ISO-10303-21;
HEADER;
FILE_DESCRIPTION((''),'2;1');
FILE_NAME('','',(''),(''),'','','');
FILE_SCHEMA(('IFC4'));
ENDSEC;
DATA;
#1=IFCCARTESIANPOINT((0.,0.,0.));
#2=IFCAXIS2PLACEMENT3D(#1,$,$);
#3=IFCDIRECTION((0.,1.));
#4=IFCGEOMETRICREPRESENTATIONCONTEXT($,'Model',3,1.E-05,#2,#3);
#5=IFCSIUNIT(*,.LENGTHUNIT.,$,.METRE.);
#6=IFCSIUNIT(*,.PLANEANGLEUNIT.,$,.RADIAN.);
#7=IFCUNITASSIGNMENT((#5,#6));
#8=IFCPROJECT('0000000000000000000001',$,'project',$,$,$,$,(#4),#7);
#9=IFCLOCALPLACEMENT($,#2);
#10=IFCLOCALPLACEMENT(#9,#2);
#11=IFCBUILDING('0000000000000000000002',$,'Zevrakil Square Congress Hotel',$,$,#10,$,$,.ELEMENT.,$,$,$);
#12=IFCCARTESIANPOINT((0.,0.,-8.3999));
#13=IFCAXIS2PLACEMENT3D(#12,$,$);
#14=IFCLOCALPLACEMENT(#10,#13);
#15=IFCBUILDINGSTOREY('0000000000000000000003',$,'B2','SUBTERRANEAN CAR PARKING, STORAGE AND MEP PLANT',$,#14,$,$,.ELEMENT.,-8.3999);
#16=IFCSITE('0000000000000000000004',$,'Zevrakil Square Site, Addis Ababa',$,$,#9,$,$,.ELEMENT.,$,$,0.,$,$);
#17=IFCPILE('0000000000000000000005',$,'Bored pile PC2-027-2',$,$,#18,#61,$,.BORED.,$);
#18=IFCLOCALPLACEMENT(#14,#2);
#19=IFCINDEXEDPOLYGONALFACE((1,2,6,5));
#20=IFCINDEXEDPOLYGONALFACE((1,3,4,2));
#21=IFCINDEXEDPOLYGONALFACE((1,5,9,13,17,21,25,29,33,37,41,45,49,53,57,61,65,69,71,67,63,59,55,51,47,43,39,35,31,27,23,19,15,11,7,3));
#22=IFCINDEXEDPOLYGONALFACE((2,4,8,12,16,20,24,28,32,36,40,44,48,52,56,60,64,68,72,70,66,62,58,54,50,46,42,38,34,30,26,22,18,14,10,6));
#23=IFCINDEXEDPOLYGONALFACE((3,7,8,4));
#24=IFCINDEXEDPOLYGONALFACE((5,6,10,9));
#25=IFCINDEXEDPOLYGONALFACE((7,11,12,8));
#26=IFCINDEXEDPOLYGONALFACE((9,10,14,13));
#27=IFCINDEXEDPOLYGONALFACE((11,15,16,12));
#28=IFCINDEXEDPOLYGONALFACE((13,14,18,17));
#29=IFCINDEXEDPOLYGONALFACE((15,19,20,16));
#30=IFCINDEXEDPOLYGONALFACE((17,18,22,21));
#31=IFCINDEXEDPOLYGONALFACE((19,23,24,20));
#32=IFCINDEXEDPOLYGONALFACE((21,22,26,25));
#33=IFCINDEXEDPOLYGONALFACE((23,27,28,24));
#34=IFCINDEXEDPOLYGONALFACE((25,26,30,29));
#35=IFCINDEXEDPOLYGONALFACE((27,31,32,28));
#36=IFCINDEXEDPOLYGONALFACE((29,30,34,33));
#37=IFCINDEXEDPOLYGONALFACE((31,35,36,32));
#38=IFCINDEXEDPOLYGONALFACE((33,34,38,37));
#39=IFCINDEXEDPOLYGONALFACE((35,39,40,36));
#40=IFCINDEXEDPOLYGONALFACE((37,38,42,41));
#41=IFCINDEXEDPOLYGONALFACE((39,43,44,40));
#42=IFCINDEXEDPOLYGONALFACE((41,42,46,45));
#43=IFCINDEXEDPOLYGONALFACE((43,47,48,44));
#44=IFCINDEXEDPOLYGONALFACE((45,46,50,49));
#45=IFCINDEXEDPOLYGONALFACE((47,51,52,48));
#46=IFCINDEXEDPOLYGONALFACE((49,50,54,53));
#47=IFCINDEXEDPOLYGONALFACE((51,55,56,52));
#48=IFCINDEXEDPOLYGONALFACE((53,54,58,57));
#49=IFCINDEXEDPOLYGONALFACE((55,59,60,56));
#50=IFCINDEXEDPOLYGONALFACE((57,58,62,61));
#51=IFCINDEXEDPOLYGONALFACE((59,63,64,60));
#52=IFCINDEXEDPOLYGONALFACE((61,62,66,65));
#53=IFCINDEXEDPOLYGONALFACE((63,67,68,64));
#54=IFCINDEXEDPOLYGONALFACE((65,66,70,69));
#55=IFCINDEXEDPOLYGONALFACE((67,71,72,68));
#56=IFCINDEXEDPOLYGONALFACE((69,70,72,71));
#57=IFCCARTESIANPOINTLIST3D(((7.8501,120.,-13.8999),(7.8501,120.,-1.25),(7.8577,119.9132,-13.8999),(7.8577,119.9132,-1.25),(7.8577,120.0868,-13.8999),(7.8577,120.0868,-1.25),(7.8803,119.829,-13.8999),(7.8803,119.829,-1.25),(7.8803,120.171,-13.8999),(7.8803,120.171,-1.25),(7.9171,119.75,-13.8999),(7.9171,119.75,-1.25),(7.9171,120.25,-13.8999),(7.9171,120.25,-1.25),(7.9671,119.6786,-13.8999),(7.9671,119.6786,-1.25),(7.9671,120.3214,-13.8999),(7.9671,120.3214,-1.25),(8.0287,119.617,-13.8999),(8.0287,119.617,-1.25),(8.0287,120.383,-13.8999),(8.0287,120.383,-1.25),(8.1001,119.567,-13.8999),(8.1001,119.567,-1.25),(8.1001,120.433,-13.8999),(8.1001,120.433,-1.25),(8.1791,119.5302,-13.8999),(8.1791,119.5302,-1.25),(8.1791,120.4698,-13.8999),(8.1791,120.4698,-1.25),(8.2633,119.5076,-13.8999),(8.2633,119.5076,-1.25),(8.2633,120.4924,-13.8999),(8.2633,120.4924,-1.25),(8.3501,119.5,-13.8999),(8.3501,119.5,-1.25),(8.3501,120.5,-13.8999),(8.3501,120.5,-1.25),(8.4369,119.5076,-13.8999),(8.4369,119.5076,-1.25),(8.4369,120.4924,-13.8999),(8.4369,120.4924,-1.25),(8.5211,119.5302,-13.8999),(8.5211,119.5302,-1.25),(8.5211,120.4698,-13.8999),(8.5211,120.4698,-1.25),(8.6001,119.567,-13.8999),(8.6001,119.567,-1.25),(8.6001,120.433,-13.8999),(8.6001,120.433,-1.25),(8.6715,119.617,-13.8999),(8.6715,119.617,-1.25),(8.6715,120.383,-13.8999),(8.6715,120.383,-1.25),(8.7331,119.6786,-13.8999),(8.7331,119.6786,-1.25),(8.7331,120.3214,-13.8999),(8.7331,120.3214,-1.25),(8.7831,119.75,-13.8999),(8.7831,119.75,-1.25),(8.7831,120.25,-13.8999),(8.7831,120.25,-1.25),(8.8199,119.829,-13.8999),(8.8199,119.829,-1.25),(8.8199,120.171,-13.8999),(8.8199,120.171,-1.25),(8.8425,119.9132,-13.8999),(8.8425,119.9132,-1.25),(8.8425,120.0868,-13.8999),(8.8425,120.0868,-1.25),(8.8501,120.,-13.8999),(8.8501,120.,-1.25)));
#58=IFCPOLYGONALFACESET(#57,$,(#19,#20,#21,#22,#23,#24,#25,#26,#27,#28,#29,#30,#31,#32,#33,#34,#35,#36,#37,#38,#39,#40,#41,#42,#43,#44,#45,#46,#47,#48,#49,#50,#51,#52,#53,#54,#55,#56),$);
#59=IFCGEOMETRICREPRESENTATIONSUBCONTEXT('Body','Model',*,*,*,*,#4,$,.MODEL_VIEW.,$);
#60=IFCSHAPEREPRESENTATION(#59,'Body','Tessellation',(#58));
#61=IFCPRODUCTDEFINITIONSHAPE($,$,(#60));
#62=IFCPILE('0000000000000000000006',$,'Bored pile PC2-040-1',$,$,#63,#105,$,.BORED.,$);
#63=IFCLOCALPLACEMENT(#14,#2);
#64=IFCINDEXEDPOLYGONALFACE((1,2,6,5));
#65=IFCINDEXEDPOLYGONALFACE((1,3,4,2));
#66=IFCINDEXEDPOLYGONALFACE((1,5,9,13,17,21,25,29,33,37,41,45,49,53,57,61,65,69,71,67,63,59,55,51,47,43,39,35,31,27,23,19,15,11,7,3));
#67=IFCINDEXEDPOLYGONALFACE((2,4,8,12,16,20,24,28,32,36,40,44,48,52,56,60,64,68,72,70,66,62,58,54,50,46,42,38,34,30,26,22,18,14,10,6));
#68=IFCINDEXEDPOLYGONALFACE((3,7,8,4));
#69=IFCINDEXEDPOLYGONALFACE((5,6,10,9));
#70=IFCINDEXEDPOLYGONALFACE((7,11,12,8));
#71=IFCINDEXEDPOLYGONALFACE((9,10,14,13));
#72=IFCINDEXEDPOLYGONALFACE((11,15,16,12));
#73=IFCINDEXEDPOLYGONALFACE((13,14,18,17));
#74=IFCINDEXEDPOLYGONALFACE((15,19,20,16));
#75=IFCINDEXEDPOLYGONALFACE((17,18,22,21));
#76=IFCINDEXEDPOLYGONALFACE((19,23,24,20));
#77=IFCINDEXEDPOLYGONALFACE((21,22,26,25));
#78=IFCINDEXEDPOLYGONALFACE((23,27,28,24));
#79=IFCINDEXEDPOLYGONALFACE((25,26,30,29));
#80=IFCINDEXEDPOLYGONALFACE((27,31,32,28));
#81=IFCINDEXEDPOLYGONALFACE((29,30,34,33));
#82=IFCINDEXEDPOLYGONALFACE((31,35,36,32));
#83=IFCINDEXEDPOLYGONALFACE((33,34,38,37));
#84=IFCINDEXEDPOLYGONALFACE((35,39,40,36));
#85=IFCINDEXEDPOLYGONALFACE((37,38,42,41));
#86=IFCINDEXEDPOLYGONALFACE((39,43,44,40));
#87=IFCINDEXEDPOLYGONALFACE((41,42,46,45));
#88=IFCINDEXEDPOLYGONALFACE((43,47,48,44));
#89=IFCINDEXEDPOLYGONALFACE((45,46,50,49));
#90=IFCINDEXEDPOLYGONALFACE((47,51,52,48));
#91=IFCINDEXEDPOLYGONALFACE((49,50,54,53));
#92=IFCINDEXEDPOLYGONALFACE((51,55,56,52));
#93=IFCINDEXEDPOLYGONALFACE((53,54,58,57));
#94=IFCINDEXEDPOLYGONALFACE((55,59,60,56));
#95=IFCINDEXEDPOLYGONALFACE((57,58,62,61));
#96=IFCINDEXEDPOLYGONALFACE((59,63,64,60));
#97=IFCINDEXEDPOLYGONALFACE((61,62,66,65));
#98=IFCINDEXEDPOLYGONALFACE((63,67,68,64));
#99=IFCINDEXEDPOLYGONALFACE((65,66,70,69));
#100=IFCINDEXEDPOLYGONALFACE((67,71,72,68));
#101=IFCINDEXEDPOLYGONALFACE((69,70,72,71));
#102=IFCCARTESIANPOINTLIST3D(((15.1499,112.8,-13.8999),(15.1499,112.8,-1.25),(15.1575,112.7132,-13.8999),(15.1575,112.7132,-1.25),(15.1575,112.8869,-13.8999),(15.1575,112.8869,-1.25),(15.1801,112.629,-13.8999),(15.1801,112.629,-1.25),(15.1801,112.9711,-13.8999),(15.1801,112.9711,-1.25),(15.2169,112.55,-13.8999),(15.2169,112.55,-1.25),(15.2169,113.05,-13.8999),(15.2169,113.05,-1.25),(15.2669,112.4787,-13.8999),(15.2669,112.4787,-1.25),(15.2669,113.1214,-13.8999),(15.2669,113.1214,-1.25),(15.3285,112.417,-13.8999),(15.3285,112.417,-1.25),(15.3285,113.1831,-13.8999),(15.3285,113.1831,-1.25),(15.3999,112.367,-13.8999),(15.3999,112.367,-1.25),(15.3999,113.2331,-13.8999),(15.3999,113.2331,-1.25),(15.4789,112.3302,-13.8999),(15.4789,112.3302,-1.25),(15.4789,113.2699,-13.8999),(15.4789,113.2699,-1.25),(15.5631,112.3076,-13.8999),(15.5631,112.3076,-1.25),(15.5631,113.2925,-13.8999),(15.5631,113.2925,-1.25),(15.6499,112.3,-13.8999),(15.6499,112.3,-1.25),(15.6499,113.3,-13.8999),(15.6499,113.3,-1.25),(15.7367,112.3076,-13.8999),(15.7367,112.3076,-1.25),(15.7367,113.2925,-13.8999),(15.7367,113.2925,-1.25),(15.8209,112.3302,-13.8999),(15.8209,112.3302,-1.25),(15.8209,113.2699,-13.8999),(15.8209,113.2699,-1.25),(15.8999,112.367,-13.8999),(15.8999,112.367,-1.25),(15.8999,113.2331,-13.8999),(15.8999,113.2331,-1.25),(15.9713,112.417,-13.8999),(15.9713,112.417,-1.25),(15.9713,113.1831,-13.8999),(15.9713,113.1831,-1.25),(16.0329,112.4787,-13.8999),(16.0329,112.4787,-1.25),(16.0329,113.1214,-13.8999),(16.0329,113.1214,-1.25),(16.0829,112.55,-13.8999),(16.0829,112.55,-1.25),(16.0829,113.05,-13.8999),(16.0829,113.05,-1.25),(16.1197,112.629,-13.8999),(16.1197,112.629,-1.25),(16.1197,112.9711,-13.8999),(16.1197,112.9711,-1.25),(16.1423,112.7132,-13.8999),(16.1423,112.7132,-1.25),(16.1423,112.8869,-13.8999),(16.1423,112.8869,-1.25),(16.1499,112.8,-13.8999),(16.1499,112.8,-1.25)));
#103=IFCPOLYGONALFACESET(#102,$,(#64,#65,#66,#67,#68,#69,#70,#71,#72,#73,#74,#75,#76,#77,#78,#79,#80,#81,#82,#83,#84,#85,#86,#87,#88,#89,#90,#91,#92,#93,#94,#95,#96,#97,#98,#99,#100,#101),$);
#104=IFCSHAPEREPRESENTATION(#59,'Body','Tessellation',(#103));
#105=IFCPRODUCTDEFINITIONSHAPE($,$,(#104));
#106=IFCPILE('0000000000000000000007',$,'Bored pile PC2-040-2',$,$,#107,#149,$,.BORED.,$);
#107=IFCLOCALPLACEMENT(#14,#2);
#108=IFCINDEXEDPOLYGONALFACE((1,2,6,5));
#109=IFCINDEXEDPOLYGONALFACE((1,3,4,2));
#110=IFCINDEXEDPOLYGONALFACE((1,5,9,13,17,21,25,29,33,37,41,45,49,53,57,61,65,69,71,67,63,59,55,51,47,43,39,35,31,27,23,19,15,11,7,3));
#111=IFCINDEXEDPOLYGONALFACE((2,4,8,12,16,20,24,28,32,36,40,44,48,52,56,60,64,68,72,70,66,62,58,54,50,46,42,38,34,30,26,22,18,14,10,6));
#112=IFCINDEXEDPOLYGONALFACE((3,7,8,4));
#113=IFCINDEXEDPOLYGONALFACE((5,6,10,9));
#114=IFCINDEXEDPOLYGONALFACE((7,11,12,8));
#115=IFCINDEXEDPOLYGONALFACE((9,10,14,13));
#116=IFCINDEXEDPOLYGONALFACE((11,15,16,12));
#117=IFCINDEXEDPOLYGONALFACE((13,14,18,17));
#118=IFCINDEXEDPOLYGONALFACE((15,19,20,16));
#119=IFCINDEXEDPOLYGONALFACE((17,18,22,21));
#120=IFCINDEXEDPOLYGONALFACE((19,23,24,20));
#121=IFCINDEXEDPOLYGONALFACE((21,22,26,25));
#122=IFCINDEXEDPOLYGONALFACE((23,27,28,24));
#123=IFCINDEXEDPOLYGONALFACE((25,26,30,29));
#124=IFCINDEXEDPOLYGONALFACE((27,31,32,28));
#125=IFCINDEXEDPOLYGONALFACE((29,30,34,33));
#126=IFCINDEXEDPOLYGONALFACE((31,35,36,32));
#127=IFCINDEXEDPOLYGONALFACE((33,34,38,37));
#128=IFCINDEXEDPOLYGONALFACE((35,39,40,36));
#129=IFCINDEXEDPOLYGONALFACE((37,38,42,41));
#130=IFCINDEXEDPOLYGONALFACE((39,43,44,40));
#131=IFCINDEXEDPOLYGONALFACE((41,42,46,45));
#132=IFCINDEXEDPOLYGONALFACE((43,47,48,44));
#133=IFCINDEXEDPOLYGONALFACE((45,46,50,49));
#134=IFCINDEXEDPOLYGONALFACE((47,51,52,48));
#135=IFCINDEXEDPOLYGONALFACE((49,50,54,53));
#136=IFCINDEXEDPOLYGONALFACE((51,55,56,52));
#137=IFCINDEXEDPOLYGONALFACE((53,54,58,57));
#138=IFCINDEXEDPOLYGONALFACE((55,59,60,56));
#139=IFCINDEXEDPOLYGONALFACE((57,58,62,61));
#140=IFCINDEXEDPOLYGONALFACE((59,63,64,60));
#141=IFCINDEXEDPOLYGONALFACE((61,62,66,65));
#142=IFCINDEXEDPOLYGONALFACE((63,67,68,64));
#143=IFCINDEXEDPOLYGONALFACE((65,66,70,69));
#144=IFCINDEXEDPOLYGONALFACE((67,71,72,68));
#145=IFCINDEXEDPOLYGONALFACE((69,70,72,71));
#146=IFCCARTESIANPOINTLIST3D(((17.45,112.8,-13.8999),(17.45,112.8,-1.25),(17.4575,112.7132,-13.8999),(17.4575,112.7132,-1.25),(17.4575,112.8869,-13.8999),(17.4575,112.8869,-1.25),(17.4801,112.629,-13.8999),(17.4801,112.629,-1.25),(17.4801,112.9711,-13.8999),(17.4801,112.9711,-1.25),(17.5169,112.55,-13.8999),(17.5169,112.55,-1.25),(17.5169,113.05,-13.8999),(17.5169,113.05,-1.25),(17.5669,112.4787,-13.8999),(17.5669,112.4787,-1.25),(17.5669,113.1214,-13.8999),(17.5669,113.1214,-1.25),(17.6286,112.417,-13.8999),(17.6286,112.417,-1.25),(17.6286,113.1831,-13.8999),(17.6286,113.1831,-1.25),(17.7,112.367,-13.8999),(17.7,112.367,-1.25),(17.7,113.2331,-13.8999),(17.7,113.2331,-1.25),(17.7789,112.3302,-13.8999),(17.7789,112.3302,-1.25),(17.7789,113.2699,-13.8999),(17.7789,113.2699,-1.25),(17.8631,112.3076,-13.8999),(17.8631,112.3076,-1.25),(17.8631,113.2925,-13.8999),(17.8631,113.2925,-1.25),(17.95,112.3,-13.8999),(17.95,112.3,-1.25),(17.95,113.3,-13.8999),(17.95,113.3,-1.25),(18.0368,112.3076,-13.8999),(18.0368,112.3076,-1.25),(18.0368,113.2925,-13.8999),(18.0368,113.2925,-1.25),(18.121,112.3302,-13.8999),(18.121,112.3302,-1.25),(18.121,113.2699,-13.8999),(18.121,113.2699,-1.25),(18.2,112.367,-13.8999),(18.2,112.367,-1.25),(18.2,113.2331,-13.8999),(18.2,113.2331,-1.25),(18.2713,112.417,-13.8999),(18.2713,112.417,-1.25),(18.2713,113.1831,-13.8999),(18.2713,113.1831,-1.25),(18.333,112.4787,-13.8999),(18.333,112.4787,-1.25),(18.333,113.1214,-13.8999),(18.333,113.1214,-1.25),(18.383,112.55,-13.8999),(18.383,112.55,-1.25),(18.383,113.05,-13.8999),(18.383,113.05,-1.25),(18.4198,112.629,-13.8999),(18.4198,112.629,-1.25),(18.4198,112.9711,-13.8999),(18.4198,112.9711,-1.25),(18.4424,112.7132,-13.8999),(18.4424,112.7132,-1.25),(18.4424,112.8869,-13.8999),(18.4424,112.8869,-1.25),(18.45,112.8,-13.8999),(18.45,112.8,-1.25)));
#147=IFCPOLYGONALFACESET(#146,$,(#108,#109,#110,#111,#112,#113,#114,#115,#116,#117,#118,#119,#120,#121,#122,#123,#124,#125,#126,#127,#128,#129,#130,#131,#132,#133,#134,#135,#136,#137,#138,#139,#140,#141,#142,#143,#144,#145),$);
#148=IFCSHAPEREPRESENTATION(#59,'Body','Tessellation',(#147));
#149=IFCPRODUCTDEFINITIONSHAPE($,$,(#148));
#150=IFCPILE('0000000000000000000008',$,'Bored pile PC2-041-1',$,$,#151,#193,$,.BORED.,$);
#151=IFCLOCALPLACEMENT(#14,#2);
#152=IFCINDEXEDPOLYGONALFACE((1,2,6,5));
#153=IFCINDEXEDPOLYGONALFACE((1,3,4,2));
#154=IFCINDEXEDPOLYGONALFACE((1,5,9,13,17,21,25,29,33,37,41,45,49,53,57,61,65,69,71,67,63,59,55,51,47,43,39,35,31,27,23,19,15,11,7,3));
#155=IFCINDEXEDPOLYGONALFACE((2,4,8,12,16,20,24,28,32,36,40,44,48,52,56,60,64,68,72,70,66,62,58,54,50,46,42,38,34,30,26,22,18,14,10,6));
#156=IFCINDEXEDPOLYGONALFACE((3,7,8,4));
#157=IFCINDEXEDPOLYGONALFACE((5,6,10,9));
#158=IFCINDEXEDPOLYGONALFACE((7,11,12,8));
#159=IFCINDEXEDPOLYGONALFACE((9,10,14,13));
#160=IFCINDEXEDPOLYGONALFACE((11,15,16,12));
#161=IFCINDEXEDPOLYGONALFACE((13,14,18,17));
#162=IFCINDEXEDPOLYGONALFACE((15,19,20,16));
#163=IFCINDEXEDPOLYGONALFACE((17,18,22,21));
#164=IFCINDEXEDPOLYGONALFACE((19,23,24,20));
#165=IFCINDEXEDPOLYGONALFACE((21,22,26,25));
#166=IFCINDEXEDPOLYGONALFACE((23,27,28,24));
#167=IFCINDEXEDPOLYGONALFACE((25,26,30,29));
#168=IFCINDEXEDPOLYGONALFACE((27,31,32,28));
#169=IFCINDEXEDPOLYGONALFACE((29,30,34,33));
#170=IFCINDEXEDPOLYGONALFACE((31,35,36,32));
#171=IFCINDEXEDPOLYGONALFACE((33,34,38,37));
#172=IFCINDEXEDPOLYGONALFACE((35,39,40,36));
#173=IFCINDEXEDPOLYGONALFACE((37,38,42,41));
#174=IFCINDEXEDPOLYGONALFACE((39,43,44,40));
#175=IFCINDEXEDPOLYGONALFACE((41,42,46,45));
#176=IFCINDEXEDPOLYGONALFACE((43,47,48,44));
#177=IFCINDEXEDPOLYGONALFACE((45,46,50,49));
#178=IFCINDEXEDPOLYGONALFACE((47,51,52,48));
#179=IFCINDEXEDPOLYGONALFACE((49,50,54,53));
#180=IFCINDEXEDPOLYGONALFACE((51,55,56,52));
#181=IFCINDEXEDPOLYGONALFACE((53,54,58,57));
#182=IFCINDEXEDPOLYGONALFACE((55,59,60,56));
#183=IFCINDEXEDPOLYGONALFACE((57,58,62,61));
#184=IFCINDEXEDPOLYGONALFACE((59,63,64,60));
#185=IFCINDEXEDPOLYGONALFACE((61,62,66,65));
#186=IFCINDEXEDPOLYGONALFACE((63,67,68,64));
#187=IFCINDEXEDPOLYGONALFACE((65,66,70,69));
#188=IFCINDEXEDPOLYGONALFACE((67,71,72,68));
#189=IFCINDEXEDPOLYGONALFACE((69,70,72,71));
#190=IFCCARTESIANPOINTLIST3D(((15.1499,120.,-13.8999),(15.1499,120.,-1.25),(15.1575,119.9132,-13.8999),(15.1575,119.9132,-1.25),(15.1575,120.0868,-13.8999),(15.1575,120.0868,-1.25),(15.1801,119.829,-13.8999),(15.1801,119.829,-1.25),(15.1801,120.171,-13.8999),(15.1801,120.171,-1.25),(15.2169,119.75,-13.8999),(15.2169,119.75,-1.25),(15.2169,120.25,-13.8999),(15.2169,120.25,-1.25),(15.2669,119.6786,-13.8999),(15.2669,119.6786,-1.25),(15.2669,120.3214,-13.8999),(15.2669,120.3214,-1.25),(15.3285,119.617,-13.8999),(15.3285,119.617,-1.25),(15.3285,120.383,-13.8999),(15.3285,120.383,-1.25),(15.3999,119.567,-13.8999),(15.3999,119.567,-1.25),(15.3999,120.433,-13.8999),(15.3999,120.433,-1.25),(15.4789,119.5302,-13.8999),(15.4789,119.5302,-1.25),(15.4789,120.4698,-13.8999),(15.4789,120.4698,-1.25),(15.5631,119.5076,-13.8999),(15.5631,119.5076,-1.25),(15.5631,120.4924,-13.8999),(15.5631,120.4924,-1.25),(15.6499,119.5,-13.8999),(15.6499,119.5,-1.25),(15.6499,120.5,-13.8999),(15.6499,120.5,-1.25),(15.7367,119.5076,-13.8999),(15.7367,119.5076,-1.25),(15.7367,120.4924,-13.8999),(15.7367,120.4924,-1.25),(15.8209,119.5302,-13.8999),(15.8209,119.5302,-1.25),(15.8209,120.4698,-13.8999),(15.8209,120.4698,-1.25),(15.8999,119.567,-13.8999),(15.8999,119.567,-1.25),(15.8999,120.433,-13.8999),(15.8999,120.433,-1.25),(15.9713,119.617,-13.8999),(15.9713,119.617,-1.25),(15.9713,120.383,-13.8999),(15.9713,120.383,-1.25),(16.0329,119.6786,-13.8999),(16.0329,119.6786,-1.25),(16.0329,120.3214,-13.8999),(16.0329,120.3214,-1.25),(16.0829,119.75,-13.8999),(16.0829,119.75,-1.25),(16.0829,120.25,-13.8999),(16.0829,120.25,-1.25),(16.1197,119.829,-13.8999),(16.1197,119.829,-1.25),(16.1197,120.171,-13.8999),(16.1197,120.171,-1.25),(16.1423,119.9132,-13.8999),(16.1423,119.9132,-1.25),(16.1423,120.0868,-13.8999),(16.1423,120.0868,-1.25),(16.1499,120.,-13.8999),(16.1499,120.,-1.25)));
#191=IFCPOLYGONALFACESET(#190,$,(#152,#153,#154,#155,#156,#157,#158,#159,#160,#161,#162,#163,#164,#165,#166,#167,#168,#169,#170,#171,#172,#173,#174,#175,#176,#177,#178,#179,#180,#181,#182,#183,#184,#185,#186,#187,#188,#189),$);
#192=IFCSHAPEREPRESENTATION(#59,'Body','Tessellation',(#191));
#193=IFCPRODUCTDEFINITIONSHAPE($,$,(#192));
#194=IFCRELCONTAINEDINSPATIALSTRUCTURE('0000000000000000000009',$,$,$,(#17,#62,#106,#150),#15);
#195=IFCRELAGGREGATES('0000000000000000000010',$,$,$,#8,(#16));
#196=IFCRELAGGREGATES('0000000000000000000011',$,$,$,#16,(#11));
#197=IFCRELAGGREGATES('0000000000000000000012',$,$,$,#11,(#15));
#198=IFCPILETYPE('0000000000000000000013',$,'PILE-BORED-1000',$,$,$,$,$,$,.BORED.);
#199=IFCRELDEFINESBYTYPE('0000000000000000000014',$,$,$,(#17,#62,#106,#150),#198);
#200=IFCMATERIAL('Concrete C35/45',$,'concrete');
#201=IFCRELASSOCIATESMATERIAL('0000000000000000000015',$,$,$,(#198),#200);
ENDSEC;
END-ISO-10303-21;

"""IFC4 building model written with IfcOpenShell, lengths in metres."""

from ifc_helpers import new_model, si_unit, direction, frame, origin, origin_2d, place, context, subcontext, project, spatial, circle, extrude, material, material_profile, profile_set, type_object, element, save


model = new_model("IFC4")

# Units and contexts
model_context = context("Model", 3, precision=1e-05, world=origin(), true_north=direction((0.0, 1.0)))
body_context = subcontext(model_context, "Body", "Model", "MODEL_VIEW")
ifc_project = project(units=[si_unit("LENGTHUNIT", "METRE"), si_unit("PLANEANGLEUNIT", "RADIAN")], contexts=[model_context])

# Site, building, storey
site_placement = place(None, origin())
site = spatial("IfcSite", under=ifc_project, at=site_placement, Name="Zevrakil Square Site, Addis Ababa", CompositionType="ELEMENT", RefElevation=0.0)
building_placement = place(site_placement, origin())
building = spatial("IfcBuilding", under=site, at=building_placement, Name="Zevrakil Square Congress Hotel", CompositionType="ELEMENT")
storey_placement = place(building_placement, frame((0.0, 0.0, -8.3999)))
storey = spatial("IfcBuildingStorey", under=building, at=storey_placement, Name="B2", Description="SUBTERRANEAN CAR PARKING, STORAGE AND MEP PLANT", CompositionType="ELEMENT", Elevation=-8.3999)

# Piles
ifc_material_1 = material(Name="Concrete C35/45", Category="concrete")
ifc_material_profile_1 = material_profile(ifc_material_1, circle(Radius=0.5, at=origin_2d()), Name="PILE D1000")
ifc_profile_set_1 = profile_set([ifc_material_profile_1], Name="Concrete C35/45")
pile_type = type_object("IfcPileType", Name="PILE-BORED-1000", PredefinedType="BORED", material=ifc_profile_set_1)
for number, where, z_axis, x_axis, name in (
    (1, (8.3501, 120.0, -1.25), (0.0, 0.0, -1.0), (1.0, 0.0, 0.0), "Bored pile PC2-027-2"),
    (2, (15.6499, 112.8, -1.25), (0.0, 0.0, -1.0), (1.0, 0.0, 0.0), "Bored pile PC2-040-1"),
    (3, (17.95, 112.8, -1.25), (0.0, 0.0, -1.0), (1.0, 0.0, 0.0), "Bored pile PC2-040-2"),
    (4, (15.6499, 120.0, -1.25), (0.0, 0.0, -1.0), (1.0, 0.0, 0.0), "Bored pile PC2-041-1"),
):
    element("IfcPile", number, at=place(storey_placement, frame(where, z_axis=z_axis, x_axis=x_axis)), inside=storey, type_object=pile_type, Name=name, PredefinedType="BORED", context=body_context, shape_type="SweptSolid", body=[
        extrude(circle(Radius=0.5, at=origin_2d()), origin(), (0.0, 0.0, 1.0), 12.6499),
    ])

save(model, "model.ifc")
